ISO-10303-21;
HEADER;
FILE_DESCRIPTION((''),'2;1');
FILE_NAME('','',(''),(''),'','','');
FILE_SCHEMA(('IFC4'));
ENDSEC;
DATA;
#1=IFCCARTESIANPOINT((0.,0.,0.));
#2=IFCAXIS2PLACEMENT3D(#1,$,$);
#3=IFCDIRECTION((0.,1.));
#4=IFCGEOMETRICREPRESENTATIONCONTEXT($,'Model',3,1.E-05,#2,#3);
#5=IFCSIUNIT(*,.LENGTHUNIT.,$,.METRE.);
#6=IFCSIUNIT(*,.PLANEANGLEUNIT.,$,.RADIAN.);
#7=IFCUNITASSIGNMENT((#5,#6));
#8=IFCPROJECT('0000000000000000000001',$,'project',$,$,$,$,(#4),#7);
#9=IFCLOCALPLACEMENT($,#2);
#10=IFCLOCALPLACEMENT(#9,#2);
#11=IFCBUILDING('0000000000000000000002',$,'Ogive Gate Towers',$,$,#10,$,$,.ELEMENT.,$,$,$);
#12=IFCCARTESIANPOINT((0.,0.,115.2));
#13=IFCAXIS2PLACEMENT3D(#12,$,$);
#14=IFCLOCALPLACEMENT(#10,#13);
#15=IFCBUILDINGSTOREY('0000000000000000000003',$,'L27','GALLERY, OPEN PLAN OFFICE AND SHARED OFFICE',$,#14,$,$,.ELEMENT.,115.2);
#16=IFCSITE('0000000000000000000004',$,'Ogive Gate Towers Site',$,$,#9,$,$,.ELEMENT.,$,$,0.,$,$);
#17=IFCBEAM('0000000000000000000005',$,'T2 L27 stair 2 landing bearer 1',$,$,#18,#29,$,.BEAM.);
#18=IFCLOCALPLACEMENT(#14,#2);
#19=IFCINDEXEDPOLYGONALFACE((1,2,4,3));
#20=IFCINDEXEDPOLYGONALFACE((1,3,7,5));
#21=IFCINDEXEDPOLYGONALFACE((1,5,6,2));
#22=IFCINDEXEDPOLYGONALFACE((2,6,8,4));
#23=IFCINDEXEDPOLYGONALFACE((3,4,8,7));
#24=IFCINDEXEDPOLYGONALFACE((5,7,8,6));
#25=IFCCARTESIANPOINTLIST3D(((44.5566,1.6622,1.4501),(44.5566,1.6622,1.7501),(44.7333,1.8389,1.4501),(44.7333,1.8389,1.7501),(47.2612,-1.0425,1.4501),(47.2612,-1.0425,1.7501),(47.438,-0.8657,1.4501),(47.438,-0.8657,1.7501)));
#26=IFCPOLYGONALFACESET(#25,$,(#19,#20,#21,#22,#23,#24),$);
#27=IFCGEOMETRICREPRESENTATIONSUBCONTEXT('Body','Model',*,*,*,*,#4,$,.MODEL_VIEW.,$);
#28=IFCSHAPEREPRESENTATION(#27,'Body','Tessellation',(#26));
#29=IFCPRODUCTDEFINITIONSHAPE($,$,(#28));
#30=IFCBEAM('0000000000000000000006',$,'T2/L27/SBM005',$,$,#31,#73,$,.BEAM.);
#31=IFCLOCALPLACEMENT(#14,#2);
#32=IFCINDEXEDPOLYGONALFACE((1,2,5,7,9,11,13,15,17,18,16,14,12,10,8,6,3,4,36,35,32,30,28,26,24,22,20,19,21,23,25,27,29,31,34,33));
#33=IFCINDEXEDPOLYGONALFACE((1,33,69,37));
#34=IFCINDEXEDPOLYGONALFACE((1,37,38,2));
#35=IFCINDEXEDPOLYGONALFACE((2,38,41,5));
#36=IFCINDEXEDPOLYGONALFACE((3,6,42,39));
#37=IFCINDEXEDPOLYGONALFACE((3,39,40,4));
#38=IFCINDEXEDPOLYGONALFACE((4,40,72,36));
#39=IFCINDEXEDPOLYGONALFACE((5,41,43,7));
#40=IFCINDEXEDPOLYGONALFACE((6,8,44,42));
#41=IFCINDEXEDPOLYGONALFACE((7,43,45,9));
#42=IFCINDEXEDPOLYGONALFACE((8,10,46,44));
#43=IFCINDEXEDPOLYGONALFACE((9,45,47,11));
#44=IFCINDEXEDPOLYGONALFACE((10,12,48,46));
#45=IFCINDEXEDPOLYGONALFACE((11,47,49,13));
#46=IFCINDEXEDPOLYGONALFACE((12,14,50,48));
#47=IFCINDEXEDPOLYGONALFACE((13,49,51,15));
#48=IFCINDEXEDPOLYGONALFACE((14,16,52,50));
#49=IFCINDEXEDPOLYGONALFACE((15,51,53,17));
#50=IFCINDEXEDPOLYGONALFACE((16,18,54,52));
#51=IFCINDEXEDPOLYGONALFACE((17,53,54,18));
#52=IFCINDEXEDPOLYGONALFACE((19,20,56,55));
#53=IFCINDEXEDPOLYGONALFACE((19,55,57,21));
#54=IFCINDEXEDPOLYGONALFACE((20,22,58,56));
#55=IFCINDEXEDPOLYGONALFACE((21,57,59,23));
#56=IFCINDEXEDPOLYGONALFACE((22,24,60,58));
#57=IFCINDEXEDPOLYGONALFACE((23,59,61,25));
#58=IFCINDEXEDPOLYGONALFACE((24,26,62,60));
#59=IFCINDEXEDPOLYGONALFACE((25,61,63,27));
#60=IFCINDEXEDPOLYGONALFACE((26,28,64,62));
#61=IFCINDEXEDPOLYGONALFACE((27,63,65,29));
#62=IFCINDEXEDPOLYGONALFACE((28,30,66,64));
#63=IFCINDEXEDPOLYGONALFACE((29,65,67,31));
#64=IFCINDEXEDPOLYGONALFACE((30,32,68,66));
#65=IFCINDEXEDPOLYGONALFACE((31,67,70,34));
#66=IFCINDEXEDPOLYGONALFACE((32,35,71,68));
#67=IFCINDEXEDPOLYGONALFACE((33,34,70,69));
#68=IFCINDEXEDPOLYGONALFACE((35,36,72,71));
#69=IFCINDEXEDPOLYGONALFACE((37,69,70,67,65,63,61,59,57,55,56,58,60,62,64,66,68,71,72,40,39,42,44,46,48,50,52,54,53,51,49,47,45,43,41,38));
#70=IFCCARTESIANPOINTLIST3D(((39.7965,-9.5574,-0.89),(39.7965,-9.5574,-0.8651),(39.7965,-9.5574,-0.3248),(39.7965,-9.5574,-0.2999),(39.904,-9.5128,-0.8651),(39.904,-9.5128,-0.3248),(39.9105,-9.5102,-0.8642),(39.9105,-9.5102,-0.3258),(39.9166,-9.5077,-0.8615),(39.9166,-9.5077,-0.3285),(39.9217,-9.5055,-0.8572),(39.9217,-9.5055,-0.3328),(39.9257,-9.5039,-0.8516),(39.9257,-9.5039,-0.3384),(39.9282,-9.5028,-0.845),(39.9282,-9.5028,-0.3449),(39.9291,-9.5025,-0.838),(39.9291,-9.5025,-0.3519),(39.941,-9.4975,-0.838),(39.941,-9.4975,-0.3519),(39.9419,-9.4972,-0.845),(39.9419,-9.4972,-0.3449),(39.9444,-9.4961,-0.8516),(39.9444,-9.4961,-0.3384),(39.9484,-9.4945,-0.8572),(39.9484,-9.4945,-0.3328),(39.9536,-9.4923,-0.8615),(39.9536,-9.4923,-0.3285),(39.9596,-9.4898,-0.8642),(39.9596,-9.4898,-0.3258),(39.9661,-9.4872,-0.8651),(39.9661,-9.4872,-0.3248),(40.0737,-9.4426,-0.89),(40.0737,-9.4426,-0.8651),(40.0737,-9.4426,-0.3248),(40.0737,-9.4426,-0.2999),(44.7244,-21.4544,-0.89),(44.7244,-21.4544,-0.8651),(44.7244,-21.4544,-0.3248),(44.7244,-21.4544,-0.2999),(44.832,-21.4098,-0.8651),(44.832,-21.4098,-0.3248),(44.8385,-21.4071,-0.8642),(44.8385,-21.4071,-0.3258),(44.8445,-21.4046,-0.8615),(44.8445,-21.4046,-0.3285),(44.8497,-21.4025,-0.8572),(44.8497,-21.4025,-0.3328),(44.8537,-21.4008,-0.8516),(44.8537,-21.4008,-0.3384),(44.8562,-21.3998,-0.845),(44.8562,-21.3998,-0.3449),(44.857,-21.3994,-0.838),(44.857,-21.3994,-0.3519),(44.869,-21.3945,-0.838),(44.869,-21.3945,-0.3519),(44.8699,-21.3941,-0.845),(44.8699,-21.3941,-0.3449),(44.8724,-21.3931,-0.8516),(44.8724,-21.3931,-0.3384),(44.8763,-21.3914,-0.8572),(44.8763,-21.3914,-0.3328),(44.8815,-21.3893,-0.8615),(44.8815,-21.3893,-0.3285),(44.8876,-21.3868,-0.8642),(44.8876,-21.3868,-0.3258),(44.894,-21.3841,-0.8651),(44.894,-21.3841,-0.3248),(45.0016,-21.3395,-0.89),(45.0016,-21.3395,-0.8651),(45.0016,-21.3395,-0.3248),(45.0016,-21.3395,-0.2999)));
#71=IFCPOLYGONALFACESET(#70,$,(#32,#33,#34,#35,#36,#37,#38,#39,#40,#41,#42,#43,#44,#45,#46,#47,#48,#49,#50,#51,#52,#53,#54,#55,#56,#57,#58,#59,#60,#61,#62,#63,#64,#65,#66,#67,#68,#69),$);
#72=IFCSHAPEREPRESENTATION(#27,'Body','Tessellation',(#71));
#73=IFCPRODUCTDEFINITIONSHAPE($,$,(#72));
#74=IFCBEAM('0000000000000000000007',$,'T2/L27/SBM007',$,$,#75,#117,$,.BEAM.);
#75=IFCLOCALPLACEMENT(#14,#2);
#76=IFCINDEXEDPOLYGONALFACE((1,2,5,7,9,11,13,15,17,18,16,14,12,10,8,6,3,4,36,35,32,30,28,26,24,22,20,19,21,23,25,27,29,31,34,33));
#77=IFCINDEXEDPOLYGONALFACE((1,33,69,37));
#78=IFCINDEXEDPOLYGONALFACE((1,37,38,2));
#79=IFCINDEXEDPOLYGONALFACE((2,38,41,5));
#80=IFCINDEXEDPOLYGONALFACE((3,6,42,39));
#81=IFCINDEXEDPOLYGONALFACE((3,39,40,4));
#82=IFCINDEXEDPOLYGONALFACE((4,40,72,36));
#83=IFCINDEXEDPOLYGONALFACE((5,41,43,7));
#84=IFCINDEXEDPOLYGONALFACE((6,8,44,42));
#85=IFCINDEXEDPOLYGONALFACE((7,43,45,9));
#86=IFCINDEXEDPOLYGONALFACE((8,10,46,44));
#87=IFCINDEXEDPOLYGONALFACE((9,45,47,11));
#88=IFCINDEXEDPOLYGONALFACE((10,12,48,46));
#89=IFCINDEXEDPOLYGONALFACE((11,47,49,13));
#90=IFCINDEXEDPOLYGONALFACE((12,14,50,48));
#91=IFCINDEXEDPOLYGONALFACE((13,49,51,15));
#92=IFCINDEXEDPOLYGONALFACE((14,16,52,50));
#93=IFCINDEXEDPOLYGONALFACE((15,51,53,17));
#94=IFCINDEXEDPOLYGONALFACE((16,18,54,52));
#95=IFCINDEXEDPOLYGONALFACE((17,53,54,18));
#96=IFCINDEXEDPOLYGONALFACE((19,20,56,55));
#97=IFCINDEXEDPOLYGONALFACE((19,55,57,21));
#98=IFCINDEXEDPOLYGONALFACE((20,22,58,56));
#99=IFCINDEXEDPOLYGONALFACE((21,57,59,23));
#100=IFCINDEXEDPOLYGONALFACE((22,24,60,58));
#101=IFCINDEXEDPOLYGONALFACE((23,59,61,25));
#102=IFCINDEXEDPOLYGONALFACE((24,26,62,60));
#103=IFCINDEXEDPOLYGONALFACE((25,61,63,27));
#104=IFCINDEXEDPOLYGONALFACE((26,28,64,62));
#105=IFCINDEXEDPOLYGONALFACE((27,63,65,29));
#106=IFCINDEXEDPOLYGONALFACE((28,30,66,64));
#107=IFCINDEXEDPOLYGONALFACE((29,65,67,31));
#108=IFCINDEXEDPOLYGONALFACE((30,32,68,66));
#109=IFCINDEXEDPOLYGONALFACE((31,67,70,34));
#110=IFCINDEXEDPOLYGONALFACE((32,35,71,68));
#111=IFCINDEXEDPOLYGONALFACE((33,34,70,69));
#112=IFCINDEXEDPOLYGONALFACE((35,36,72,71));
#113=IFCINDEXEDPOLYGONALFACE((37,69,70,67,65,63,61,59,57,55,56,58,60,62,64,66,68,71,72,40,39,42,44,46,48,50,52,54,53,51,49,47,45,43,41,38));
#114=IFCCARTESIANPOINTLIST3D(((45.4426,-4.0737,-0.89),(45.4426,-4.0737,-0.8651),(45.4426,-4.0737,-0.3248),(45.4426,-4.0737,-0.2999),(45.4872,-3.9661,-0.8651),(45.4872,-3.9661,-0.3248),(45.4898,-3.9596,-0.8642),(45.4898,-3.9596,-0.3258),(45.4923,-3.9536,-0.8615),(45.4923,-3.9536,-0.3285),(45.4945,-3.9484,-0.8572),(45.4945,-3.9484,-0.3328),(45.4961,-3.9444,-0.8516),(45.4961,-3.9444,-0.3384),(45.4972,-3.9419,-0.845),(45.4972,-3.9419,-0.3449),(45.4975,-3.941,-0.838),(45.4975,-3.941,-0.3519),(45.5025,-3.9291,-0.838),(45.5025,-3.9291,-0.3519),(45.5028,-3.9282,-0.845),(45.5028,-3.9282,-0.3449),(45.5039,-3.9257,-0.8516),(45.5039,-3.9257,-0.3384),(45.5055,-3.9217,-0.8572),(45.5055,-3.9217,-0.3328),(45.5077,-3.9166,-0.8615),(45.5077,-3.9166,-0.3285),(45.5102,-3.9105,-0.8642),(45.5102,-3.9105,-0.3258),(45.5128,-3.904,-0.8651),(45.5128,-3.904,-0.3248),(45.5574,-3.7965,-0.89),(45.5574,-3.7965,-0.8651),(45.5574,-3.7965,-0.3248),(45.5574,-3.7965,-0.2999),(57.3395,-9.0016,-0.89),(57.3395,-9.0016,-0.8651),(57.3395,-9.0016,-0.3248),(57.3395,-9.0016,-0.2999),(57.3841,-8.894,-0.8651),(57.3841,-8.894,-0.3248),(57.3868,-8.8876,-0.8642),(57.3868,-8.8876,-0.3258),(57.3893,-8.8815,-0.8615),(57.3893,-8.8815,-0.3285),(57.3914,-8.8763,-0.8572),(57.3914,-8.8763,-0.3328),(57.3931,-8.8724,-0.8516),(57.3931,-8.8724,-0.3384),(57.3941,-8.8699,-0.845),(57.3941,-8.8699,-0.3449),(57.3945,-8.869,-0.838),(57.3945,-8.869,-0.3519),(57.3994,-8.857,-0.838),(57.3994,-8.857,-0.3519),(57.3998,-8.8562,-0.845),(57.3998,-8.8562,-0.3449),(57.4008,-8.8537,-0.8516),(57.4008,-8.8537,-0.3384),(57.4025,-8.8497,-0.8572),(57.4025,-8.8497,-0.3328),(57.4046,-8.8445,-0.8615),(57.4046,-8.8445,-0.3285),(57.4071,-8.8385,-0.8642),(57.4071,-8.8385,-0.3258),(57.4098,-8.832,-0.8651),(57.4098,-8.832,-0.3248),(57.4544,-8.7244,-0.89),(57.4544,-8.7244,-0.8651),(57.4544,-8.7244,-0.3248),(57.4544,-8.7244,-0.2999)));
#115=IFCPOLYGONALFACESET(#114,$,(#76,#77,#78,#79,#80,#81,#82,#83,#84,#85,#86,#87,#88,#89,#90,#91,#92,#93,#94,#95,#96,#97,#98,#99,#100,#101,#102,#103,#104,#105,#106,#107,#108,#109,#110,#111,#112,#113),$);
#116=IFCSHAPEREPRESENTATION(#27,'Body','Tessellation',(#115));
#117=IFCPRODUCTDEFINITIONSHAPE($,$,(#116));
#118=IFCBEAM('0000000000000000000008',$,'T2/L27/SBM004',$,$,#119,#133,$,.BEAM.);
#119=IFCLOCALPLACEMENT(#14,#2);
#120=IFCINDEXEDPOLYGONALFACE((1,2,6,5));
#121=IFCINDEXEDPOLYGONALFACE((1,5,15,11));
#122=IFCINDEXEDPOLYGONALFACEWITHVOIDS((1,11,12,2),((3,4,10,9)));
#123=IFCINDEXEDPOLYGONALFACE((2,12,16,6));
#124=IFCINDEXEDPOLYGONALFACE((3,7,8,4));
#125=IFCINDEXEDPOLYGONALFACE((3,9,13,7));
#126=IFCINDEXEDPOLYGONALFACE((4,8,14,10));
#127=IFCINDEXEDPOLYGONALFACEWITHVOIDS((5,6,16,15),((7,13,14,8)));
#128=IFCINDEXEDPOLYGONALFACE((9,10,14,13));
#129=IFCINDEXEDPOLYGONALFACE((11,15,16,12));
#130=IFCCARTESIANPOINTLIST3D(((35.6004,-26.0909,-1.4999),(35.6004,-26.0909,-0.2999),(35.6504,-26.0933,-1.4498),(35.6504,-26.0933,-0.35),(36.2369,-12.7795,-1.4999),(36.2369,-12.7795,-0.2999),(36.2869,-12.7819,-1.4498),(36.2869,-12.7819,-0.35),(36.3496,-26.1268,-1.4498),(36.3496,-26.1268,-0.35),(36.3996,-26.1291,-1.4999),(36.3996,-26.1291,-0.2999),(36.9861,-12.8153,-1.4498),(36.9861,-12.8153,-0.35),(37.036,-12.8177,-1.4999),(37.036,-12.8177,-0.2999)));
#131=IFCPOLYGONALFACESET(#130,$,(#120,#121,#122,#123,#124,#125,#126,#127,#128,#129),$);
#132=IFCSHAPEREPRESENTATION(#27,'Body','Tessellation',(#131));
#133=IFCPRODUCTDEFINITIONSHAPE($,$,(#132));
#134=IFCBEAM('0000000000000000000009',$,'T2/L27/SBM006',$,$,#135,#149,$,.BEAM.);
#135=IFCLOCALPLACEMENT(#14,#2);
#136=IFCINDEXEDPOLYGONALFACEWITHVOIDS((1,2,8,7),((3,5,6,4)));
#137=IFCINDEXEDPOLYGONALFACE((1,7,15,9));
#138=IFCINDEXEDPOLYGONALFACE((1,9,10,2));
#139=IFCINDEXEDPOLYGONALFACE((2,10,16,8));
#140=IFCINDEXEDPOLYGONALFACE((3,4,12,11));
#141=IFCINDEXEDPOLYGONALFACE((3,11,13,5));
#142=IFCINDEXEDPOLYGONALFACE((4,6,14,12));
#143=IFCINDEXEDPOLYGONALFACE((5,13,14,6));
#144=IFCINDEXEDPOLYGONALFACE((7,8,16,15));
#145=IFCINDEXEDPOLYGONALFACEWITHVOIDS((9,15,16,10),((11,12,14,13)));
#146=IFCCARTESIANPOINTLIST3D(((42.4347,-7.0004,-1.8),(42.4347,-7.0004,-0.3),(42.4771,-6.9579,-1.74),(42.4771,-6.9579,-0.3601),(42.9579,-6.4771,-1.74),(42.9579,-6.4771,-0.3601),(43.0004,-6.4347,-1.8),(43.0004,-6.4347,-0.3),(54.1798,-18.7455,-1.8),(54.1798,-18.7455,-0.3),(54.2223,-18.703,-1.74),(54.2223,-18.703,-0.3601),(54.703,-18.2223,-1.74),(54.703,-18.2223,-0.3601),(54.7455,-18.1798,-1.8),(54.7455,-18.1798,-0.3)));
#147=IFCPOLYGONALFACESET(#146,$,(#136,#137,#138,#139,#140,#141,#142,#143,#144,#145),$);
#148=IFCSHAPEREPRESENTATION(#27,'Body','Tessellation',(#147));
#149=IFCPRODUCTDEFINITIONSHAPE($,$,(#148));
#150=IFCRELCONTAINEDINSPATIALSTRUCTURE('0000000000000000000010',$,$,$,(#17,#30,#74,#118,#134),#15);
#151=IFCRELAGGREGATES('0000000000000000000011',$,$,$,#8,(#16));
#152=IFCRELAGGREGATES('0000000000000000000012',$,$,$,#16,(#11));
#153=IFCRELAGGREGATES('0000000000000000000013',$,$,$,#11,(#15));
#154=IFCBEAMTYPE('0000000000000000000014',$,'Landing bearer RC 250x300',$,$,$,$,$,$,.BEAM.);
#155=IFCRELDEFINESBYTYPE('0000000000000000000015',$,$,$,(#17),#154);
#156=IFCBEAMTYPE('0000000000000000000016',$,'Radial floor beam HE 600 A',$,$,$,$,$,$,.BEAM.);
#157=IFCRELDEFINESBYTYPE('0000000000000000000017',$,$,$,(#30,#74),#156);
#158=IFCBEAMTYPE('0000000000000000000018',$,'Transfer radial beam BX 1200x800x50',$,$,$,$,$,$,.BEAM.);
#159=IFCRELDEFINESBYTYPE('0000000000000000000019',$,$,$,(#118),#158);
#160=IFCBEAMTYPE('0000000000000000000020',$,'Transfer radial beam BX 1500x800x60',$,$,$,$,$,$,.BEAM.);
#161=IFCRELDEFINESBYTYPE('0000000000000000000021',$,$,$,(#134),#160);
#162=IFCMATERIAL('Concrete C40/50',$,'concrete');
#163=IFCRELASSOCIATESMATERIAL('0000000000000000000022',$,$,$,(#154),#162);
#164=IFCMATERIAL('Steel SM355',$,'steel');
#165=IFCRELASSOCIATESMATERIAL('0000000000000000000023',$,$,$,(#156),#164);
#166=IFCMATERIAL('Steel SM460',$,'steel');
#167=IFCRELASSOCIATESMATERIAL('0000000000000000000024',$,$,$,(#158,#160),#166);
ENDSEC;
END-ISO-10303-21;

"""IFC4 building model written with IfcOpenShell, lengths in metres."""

from ifc_helpers import new_model, si_unit, direction, frame, origin, origin_2d, place, context, subcontext, project, spatial, rectangle, hollow_rectangle, i_section, extrude, material, material_profile, profile_set, type_object, element, save


model = new_model("IFC4")

# Units and contexts
model_context = context("Model", 3, precision=1e-05, world=origin(), true_north=direction((0.0, 1.0)))
body_context = subcontext(model_context, "Body", "Model", "MODEL_VIEW")
ifc_project = project(units=[si_unit("LENGTHUNIT", "METRE"), si_unit("PLANEANGLEUNIT", "RADIAN")], contexts=[model_context])

# Site, building, storey
site_placement = place(None, origin())
site = spatial("IfcSite", under=ifc_project, at=site_placement, Name="Ogive Gate Towers Site", CompositionType="ELEMENT", RefElevation=0.0)
building_placement = place(site_placement, origin())
building = spatial("IfcBuilding", under=site, at=building_placement, Name="Ogive Gate Towers", CompositionType="ELEMENT")
storey_placement = place(building_placement, frame((0.0, 0.0, 115.2)))
storey = spatial("IfcBuildingStorey", under=building, at=storey_placement, Name="L27", Description="GALLERY, OPEN PLAN OFFICE AND SHARED OFFICE", CompositionType="ELEMENT", Elevation=115.2)

# Beams
ifc_material_1 = material(Name="Concrete C40/50", Category="concrete")
ifc_material_profile_1 = material_profile(ifc_material_1, rectangle(XDim=0.25, YDim=0.3, at=origin_2d()), Name="RC 250x300")
ifc_profile_set_1 = profile_set([ifc_material_profile_1], Name="Concrete C40/50")
beam_type_1 = type_object("IfcBeamType", Name="Landing bearer RC 250x300", PredefinedType="BEAM", material=ifc_profile_set_1)
beam_1_placement = place(storey_placement, frame((47.3496, -0.9541, 1.6001), z_axis=(-0.707107, 0.707107, 0.0), x_axis=(-0.707107, -0.707107, 0.0)))
element("IfcBeam", 1, at=beam_1_placement, inside=storey, type_object=beam_type_1, Name="T2 L27 stair 2 landing bearer 1", PredefinedType="BEAM", context=body_context, shape_type="SweptSolid", body=[
    extrude(rectangle(XDim=0.25, YDim=0.3, at=origin_2d()), origin(), (0.0, 0.0, 1.0), 3.825),
])
ifc_material_2 = material(Name="Steel SM355", Category="steel")
ifc_material_profile_2 = material_profile(ifc_material_2, i_section(OverallWidth=0.3, OverallDepth=0.5901, WebThickness=0.0129, FlangeThickness=0.0249, FilletRadius=0.0271, at=origin_2d()), Name="HE 600 A")
ifc_profile_set_2 = profile_set([ifc_material_profile_2], Name="Steel SM355")
beam_type_2 = type_object("IfcBeamType", Name="Radial floor beam HE 600 A", PredefinedType="BEAM", material=ifc_profile_set_2)
for number, where, z_axis, x_axis, name in (
    (2, (39.9351, -9.5, -0.595), (0.382689, -0.923877, 0.0), (0.923877, 0.382689, 0.0), "T2/L27/SBM005"),
    (3, (45.5, -3.9351, -0.595), (0.923877, -0.382689, 0.0), (0.382689, 0.923877, 0.0), "T2/L27/SBM007"),
):
    element("IfcBeam", number, at=place(storey_placement, frame(where, z_axis=z_axis, x_axis=x_axis)), inside=storey, type_object=beam_type_2, Name=name, PredefinedType="BEAM", context=body_context, shape_type="SweptSolid", body=[
        extrude(i_section(OverallWidth=0.3, OverallDepth=0.5901, WebThickness=0.0129, FlangeThickness=0.0249, FilletRadius=0.0271, at=origin_2d()), origin(), (0.0, 0.0, 1.0), 12.8772),
    ])
ifc_material_3 = material(Name="Steel SM460", Category="steel")
ifc_material_profile_3 = material_profile(ifc_material_3, hollow_rectangle(XDim=0.8, YDim=1.2, WallThickness=0.05, at=origin_2d()), Name="BX 1200x800x50")
ifc_profile_set_3 = profile_set([ifc_material_profile_3], Name="Steel SM460")
beam_type_3 = type_object("IfcBeamType", Name="Transfer radial beam BX 1200x800x50", PredefinedType="BEAM", material=ifc_profile_set_3)
beam_2_placement = place(storey_placement, frame((36.6365, -12.7986, -0.8999), z_axis=(-0.047759, -0.998859, 0.0), x_axis=(0.998859, -0.047759, 0.0)))
element("IfcBeam", 4, at=beam_2_placement, inside=storey, type_object=beam_type_3, Name="T2/L27/SBM004", PredefinedType="BEAM", context=body_context, shape_type="SweptSolid", body=[
    extrude(hollow_rectangle(XDim=0.8, YDim=1.2, WallThickness=0.05, at=origin_2d()), origin(), (0.0, 0.0, 1.0), 13.3267),
])
ifc_material_profile_4 = material_profile(ifc_material_3, hollow_rectangle(XDim=0.8, YDim=1.5, WallThickness=0.0601, at=origin_2d()), Name="BX 1500x800x60")
ifc_profile_set_4 = profile_set([ifc_material_profile_4], Name="Steel SM460")
beam_type_4 = type_object("IfcBeamType", Name="Transfer radial beam BX 1500x800x60", PredefinedType="BEAM", material=ifc_profile_set_4)
beam_3_placement = place(storey_placement, frame((42.7175, -6.7175, -1.05), z_axis=(0.707107, -0.707107, 0.0), x_axis=(0.707107, 0.707107, 0.0)))
element("IfcBeam", 5, at=beam_3_placement, inside=storey, type_object=beam_type_4, Name="T2/L27/SBM006", PredefinedType="BEAM", context=body_context, shape_type="SweptSolid", body=[
    extrude(hollow_rectangle(XDim=0.8, YDim=1.5, WallThickness=0.0601, at=origin_2d()), origin(), (0.0, 0.0, 1.0), 16.6101),
])

save(model, "model.ifc")
